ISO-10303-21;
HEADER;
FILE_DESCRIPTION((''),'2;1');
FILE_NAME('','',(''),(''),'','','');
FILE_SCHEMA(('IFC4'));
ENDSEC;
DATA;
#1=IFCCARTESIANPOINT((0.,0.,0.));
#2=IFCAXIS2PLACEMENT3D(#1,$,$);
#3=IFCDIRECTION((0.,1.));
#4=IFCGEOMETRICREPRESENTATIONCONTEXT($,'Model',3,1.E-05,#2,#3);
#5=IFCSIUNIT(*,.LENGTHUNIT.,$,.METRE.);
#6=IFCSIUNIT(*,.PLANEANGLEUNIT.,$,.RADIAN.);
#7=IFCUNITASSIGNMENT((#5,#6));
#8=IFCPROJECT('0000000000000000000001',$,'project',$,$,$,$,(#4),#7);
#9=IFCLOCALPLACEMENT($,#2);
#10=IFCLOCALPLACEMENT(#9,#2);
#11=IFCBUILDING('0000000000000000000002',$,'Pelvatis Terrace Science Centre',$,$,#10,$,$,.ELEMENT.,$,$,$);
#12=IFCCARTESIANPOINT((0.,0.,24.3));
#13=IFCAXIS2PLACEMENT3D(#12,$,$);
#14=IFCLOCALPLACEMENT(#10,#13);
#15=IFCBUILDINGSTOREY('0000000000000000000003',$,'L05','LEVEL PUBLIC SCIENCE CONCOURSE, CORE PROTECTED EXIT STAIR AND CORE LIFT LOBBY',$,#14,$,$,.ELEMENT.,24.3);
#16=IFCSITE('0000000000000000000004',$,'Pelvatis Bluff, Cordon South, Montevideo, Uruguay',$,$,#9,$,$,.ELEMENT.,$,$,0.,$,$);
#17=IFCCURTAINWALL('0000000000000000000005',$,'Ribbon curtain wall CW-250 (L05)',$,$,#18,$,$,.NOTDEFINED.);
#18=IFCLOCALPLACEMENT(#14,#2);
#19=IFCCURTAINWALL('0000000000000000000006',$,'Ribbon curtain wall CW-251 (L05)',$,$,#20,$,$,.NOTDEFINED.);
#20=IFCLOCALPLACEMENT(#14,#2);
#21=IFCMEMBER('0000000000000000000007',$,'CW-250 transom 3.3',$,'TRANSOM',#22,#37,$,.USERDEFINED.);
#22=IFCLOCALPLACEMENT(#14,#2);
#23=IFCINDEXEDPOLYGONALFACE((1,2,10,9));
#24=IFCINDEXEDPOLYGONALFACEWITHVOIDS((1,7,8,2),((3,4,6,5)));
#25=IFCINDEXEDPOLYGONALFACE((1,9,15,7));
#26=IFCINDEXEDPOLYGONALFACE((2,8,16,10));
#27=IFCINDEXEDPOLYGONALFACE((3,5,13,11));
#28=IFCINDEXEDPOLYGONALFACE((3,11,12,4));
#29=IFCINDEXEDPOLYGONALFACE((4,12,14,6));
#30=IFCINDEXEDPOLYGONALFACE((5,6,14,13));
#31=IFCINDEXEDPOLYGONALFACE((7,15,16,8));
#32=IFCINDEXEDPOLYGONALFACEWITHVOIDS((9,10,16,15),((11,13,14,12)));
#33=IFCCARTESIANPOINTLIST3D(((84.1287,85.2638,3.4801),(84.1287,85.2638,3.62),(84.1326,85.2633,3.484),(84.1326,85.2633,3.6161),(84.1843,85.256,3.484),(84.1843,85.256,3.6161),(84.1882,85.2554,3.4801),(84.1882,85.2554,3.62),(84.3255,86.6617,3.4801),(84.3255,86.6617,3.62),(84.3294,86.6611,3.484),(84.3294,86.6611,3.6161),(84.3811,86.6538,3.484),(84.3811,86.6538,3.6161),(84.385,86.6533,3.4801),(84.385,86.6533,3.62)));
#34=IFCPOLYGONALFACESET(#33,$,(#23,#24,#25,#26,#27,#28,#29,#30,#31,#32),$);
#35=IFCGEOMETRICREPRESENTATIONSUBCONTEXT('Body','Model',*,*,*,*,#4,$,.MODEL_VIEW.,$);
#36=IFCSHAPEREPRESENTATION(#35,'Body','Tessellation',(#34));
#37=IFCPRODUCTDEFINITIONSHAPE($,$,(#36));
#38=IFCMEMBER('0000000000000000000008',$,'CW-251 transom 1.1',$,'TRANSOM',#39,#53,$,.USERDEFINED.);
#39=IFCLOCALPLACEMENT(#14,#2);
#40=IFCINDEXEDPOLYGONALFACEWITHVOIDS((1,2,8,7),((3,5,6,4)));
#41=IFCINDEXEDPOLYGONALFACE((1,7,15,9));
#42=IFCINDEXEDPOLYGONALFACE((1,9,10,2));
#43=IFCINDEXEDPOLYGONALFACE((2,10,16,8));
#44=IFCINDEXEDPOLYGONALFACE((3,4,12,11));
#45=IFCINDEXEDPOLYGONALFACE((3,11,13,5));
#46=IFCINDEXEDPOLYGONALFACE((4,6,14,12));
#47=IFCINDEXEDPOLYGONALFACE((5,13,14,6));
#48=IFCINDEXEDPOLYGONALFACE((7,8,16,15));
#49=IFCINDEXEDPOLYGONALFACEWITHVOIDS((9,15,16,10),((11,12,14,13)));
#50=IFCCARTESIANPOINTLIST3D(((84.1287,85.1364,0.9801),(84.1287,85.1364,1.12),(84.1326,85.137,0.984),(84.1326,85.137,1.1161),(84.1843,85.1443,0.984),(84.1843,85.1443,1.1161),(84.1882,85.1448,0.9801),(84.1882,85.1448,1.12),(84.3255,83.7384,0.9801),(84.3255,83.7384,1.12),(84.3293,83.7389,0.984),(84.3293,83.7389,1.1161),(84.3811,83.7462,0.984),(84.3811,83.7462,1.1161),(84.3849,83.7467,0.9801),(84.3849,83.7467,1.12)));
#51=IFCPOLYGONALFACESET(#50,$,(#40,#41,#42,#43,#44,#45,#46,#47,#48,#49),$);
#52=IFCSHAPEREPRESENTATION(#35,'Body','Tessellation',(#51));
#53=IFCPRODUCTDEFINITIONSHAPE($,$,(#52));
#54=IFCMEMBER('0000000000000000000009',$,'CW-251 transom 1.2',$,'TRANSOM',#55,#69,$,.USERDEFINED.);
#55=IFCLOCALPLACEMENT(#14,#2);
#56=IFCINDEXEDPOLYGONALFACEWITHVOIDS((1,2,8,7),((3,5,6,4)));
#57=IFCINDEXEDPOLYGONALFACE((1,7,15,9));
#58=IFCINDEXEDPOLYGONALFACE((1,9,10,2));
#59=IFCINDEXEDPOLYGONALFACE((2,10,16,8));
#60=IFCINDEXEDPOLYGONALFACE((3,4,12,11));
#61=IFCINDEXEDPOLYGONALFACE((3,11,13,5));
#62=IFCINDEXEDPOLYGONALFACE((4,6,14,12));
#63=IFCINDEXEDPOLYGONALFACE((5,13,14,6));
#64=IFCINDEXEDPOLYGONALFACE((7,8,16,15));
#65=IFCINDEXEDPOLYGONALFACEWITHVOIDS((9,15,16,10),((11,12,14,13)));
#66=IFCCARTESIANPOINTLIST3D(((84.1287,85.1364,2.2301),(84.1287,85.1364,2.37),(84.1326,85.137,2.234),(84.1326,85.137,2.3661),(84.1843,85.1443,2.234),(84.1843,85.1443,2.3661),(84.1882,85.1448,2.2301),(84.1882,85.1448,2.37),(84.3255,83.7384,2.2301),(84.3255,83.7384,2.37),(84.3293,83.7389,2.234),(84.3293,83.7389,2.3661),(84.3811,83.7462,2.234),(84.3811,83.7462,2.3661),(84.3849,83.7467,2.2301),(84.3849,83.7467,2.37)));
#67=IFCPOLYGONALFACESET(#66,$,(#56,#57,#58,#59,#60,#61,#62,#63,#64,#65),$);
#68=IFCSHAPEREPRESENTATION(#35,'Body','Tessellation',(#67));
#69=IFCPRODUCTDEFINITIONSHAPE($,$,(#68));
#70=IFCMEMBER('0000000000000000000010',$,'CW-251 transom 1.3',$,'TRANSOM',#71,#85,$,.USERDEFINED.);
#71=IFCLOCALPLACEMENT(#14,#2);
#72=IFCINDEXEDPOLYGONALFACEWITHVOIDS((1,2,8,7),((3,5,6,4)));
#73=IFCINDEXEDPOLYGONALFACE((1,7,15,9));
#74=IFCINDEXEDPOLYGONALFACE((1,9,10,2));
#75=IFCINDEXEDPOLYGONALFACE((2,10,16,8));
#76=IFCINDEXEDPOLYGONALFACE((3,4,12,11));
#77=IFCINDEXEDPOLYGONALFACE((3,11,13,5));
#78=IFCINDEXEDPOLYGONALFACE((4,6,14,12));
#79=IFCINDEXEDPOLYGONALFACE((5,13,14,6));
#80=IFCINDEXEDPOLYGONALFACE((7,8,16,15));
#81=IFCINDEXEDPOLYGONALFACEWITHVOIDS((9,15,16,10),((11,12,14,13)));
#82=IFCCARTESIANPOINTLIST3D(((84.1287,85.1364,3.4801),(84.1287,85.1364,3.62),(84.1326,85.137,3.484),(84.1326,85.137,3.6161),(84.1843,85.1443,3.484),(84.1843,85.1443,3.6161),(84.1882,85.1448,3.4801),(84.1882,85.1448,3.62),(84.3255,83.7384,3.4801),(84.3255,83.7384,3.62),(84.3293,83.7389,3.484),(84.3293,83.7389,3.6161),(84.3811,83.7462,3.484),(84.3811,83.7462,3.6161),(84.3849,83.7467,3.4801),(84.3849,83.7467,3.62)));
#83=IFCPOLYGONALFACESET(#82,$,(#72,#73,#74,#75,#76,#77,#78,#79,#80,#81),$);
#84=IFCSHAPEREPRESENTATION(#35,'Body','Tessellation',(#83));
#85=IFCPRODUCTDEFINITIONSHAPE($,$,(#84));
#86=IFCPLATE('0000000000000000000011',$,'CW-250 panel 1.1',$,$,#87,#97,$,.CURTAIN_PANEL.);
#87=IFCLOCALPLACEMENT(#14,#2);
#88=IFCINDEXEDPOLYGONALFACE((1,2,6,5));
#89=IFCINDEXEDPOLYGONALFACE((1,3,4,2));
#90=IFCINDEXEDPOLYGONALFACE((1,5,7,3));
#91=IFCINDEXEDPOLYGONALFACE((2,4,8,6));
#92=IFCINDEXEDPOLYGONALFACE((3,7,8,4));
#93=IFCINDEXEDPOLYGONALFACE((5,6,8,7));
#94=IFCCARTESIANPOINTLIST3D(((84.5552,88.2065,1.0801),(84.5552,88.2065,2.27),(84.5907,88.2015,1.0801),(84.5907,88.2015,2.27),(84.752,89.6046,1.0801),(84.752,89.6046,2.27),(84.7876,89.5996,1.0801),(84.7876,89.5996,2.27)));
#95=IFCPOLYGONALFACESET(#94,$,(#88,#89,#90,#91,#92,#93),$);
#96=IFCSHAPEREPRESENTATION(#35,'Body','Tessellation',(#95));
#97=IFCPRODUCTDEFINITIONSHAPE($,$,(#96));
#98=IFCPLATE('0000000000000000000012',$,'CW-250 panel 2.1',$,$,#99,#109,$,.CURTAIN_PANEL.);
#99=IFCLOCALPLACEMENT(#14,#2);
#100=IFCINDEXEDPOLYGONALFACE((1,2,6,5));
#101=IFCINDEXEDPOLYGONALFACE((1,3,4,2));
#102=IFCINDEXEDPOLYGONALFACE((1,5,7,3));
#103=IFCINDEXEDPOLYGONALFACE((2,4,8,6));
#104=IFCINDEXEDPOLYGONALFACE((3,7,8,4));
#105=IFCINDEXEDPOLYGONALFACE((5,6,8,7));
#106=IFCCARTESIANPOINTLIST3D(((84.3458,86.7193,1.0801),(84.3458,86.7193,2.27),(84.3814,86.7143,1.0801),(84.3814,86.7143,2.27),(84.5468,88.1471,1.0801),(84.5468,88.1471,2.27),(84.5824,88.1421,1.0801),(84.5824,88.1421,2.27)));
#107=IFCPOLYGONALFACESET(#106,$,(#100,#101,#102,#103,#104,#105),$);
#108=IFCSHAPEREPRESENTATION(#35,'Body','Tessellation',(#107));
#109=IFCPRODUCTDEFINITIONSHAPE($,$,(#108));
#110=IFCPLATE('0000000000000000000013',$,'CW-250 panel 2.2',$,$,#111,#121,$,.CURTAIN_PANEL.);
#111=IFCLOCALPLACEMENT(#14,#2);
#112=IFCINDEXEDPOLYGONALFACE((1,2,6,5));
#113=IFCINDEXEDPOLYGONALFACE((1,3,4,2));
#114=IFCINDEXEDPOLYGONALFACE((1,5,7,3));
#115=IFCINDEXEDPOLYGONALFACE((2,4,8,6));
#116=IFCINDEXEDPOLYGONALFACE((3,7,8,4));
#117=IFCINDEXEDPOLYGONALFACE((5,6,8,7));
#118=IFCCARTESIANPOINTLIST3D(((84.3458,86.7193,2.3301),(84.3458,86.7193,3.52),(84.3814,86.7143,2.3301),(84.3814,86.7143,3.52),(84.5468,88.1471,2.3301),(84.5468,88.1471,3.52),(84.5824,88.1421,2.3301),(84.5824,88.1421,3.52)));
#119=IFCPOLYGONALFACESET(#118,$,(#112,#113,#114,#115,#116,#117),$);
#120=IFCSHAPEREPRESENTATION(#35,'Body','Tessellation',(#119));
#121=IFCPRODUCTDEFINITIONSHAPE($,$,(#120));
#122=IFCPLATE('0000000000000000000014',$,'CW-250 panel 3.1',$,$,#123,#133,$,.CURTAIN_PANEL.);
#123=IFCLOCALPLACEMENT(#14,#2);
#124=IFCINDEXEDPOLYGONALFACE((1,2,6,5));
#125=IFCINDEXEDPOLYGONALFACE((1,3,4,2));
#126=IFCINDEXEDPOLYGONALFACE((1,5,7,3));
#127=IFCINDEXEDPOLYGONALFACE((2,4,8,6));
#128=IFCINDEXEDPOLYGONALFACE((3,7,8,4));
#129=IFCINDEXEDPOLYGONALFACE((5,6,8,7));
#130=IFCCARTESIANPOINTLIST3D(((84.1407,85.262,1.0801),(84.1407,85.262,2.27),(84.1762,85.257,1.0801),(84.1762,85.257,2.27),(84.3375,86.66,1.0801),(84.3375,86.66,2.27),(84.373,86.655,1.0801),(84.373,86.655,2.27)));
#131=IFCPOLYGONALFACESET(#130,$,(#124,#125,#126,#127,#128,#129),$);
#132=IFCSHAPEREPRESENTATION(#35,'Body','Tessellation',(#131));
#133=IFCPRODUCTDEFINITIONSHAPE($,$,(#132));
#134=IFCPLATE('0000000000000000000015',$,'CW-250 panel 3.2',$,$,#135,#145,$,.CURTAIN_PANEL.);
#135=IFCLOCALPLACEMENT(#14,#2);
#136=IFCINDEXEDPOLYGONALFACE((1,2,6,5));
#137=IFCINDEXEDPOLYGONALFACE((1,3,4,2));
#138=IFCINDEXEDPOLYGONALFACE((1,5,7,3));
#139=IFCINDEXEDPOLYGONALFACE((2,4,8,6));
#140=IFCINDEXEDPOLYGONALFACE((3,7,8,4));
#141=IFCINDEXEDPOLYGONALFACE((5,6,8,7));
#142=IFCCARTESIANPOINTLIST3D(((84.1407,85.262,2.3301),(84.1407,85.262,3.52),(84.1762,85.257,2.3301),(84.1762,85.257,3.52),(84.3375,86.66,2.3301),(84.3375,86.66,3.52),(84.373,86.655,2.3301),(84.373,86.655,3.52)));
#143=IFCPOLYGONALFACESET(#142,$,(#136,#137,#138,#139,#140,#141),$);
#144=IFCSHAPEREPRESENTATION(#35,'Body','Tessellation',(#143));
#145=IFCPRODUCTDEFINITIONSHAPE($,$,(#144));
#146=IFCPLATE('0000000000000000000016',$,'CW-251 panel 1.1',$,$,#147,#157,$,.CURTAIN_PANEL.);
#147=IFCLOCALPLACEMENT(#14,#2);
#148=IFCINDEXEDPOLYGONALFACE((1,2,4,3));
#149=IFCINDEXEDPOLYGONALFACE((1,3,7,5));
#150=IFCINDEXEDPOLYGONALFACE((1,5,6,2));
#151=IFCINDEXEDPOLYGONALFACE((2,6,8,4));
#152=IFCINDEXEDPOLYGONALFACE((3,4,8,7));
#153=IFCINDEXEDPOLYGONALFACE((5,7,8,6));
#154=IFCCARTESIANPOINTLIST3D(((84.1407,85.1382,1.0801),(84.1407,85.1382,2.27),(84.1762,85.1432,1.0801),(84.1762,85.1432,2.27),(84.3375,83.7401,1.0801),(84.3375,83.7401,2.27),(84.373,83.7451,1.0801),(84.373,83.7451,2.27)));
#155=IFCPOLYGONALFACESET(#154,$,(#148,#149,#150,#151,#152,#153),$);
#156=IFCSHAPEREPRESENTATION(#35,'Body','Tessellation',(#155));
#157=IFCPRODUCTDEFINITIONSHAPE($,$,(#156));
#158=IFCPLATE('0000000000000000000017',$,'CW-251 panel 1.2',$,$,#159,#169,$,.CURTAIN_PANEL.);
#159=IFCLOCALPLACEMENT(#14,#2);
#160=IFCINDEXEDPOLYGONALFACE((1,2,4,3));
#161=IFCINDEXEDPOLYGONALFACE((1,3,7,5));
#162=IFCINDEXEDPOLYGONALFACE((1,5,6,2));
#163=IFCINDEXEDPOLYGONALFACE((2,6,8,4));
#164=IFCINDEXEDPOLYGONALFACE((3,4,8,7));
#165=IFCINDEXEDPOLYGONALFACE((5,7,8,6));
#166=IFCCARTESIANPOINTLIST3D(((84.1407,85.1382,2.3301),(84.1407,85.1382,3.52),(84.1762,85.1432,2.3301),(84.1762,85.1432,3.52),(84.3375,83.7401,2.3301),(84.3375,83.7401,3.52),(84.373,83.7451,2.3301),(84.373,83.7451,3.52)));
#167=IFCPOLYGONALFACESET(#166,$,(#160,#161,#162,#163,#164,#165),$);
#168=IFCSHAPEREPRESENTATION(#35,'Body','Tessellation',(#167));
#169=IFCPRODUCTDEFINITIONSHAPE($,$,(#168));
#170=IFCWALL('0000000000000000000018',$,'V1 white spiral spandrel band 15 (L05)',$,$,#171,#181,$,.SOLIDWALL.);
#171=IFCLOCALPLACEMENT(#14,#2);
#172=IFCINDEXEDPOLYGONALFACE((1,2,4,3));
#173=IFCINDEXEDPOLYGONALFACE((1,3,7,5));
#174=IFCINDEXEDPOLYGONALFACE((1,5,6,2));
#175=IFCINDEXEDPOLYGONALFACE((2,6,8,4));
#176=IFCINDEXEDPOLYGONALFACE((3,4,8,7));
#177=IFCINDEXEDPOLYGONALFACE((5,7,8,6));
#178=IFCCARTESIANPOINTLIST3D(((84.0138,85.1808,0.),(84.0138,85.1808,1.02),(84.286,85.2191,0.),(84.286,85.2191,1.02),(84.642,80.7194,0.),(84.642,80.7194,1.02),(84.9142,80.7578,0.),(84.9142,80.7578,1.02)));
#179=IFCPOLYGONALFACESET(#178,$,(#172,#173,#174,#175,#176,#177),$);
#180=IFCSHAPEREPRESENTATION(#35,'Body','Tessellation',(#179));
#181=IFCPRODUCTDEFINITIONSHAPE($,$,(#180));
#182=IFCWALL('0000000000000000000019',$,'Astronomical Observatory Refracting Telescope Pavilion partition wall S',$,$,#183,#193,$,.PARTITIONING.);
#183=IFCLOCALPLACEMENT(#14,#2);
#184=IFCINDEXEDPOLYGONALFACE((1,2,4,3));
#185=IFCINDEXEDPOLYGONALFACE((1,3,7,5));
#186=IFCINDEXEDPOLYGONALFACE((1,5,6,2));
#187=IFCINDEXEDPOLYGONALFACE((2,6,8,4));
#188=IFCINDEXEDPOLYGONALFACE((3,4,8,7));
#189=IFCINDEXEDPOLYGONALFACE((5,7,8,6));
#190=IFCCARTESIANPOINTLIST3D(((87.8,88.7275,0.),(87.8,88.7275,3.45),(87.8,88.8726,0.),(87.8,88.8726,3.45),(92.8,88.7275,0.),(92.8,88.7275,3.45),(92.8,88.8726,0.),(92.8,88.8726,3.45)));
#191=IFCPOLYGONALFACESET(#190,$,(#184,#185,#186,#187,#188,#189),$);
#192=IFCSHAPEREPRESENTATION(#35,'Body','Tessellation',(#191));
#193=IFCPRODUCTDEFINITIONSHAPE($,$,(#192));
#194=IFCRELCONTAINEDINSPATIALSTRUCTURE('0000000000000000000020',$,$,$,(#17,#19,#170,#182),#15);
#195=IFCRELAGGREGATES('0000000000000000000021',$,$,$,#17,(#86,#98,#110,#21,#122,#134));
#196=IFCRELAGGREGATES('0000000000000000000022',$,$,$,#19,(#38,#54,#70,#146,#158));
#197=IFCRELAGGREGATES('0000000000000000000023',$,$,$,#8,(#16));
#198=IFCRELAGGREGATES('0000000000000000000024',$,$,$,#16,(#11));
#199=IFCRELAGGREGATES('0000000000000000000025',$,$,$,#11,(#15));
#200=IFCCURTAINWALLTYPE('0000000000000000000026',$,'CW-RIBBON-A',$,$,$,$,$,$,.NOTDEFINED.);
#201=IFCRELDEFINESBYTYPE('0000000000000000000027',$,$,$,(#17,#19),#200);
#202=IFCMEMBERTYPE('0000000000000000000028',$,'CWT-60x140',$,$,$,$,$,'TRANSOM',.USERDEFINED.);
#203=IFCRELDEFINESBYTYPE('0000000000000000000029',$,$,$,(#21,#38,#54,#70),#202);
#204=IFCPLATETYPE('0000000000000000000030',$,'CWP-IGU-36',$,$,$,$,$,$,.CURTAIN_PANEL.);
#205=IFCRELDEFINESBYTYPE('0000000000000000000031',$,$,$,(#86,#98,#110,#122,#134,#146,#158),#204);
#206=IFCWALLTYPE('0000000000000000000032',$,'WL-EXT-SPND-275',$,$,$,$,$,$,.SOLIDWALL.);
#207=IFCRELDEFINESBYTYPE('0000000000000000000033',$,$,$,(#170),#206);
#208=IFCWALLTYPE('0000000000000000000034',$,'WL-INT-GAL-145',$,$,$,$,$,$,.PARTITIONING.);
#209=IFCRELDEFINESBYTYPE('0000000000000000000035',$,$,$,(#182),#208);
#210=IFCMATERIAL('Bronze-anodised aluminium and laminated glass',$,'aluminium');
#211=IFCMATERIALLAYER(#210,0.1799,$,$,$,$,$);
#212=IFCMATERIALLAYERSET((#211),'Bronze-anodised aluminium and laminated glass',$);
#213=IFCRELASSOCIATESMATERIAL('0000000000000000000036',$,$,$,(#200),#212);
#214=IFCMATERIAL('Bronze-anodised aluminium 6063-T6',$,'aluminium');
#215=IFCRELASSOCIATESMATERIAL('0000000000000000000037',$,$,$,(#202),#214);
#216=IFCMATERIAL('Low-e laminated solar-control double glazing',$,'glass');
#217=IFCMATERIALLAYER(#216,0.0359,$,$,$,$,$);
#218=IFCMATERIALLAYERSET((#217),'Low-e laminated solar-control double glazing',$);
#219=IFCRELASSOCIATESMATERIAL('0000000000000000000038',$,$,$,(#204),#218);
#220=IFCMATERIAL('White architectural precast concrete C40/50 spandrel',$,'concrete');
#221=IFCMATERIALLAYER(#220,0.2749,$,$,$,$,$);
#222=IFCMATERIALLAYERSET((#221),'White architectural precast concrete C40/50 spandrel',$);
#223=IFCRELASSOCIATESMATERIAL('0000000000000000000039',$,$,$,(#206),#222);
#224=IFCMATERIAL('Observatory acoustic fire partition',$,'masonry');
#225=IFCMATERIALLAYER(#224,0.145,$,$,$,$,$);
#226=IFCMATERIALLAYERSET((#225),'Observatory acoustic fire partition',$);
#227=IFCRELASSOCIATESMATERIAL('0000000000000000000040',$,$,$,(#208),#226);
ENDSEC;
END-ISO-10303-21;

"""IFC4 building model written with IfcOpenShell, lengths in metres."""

from ifc_helpers import new_model, si_unit, direction, frame, frame_2d, origin, origin_2d, place, context, subcontext, project, spatial, rectangle, hollow_rectangle, extrude, material, layer, layer_set, material_profile, profile_set, type_object, element, aggregate, save


model = new_model("IFC4")

# Units and contexts
model_context = context("Model", 3, precision=1e-05, world=origin(), true_north=direction((0.0, 1.0)))
body_context = subcontext(model_context, "Body", "Model", "MODEL_VIEW")
ifc_project = project(units=[si_unit("LENGTHUNIT", "METRE"), si_unit("PLANEANGLEUNIT", "RADIAN")], contexts=[model_context])

# Site, building, storey
site_placement = place(None, origin())
site = spatial("IfcSite", under=ifc_project, at=site_placement, Name="Pelvatis Bluff, Cordon South, Montevideo, Uruguay", CompositionType="ELEMENT", RefElevation=0.0)
building_placement = place(site_placement, origin())
building = spatial("IfcBuilding", under=site, at=building_placement, Name="Pelvatis Terrace Science Centre", CompositionType="ELEMENT")
storey_placement = place(building_placement, frame((0.0, 0.0, 24.3)))
storey = spatial("IfcBuildingStorey", under=building, at=storey_placement, Name="L05", Description="LEVEL PUBLIC SCIENCE CONCOURSE, CORE PROTECTED EXIT STAIR AND CORE LIFT LOBBY", CompositionType="ELEMENT", Elevation=24.3)

# Curtain walls
ifc_material_1 = material(Name="Bronze-anodised aluminium and laminated glass", Category="aluminium")
ifc_layer_1 = layer(ifc_material_1, 0.1799)
ifc_layer_set_1 = layer_set([ifc_layer_1], Name="Bronze-anodised aluminium and laminated glass")
curtain_wall_type = type_object("IfcCurtainWallType", Name="CW-RIBBON-A", PredefinedType="NOTDEFINED", material=ifc_layer_set_1)
curtain_wall_1_placement = place(storey_placement, origin())
curtain_wall_1 = element("IfcCurtainWall", 1, at=curtain_wall_1_placement, inside=storey, type_object=curtain_wall_type, Name="Ribbon curtain wall CW-250 (L05)", PredefinedType="NOTDEFINED")
curtain_wall_2_placement = place(storey_placement, origin())
curtain_wall_2 = element("IfcCurtainWall", 2, at=curtain_wall_2_placement, inside=storey, type_object=curtain_wall_type, Name="Ribbon curtain wall CW-251 (L05)", PredefinedType="NOTDEFINED")

# Members
ifc_material_2 = material(Name="Bronze-anodised aluminium 6063-T6", Category="aluminium")
ifc_material_profile_1 = material_profile(ifc_material_2, hollow_rectangle(XDim=0.0601, YDim=0.1399, WallThickness=0.0039, at=origin_2d()), Name="ALU-TRN 60x140")
ifc_profile_set_1 = profile_set([ifc_material_profile_1], Name="Bronze-anodised aluminium 6063-T6")
member_type_1 = type_object("IfcMemberType", Name="CWT-60x140", ElementType="TRANSOM", PredefinedType="USERDEFINED", material=ifc_profile_set_1)
member_1_placement = place(storey_placement, frame((84.3552, 86.6575, 3.55), z_axis=(-0.139387, -0.990238, 0.0), x_axis=(0.990238, -0.139387, 0.0)))
member_1 = element("IfcMember", 3, at=member_1_placement, type_object=member_type_1, Name="CW-250 transom 3.3", ObjectType="TRANSOM", PredefinedType="USERDEFINED", context=body_context, shape_type="SweptSolid", body=[
    extrude(hollow_rectangle(XDim=0.0601, YDim=0.1399, WallThickness=0.0039, at=origin_2d()), origin(), (0.0, 0.0, 1.0), 1.4116),
])
member_2_placement = place(storey_placement, frame((84.1584, 85.1406, 1.05), z_axis=(0.139363, -0.990241, 0.0), x_axis=(0.990241, 0.139363, 0.0)))
member_2 = element("IfcMember", 4, at=member_2_placement, type_object=member_type_1, Name="CW-251 transom 1.1", ObjectType="TRANSOM", PredefinedType="USERDEFINED", context=body_context, shape_type="SweptSolid", body=[
    extrude(hollow_rectangle(XDim=0.0601, YDim=0.1399, WallThickness=0.0039, at=origin_2d()), origin(), (0.0, 0.0, 1.0), 1.4119),
])
member_3_placement = place(storey_placement, frame((84.1584, 85.1406, 2.3), z_axis=(0.139363, -0.990241, 0.0), x_axis=(0.990241, 0.139363, 0.0)))
member_3 = element("IfcMember", 5, at=member_3_placement, type_object=member_type_1, Name="CW-251 transom 1.2", ObjectType="TRANSOM", PredefinedType="USERDEFINED", context=body_context, shape_type="SweptSolid", body=[
    extrude(hollow_rectangle(XDim=0.0601, YDim=0.1399, WallThickness=0.0039, at=origin_2d()), origin(), (0.0, 0.0, 1.0), 1.4119),
])
member_4_placement = place(storey_placement, frame((84.1584, 85.1406, 3.55), z_axis=(0.139363, -0.990241, 0.0), x_axis=(0.990241, 0.139363, 0.0)))
member_4 = element("IfcMember", 6, at=member_4_placement, type_object=member_type_1, Name="CW-251 transom 1.3", ObjectType="TRANSOM", PredefinedType="USERDEFINED", context=body_context, shape_type="SweptSolid", body=[
    extrude(hollow_rectangle(XDim=0.0601, YDim=0.1399, WallThickness=0.0039, at=origin_2d()), origin(), (0.0, 0.0, 1.0), 1.4119),
])

# Plates
ifc_material_3 = material(Name="Low-e laminated solar-control double glazing", Category="glass")
ifc_layer_2 = layer(ifc_material_3, 0.0359)
ifc_layer_set_2 = layer_set([ifc_layer_2], Name="Low-e laminated solar-control double glazing")
plate_type = type_object("IfcPlateType", Name="CWP-IGU-36", PredefinedType="CURTAIN_PANEL", material=ifc_layer_set_2)
plate_1_placement = place(storey_placement, frame((84.6714, 88.9031, 1.0801), z_axis=(0.0, 0.0, 1.0), x_axis=(-0.139408, -0.990235, 0.0)))
plate_1 = element("IfcPlate", 7, at=plate_1_placement, type_object=plate_type, Name="CW-250 panel 1.1", PredefinedType="CURTAIN_PANEL", context=body_context, shape_type="SweptSolid", body=[
    extrude(rectangle(XDim=1.4119, YDim=0.0359, at=origin_2d()), origin(), (0.0, 0.0, 1.0), 1.1899),
])
plate_2_placement = place(storey_placement, frame((84.4641, 87.4307, 1.0801), z_axis=(0.0, 0.0, 1.0), x_axis=(-0.139408, -0.990235, 0.0)))
plate_2 = element("IfcPlate", 8, at=plate_2_placement, type_object=plate_type, Name="CW-250 panel 2.1", PredefinedType="CURTAIN_PANEL", context=body_context, shape_type="SweptSolid", body=[
    extrude(rectangle(XDim=1.4419, YDim=0.0359, at=origin_2d()), origin(), (0.0, 0.0, 1.0), 1.1899),
])
plate_3_placement = place(storey_placement, frame((84.4641, 87.4307, 2.3301), z_axis=(0.0, 0.0, 1.0), x_axis=(-0.139408, -0.990235, 0.0)))
plate_3 = element("IfcPlate", 9, at=plate_3_placement, type_object=plate_type, Name="CW-250 panel 2.2", PredefinedType="CURTAIN_PANEL", context=body_context, shape_type="SweptSolid", body=[
    extrude(rectangle(XDim=1.4419, YDim=0.0359, at=origin_2d()), origin(), (0.0, 0.0, 1.0), 1.1899),
])
plate_4_placement = place(storey_placement, frame((84.2568, 85.9585, 1.0801), z_axis=(0.0, 0.0, 1.0), x_axis=(-0.139408, -0.990235, 0.0)))
plate_4 = element("IfcPlate", 10, at=plate_4_placement, type_object=plate_type, Name="CW-250 panel 3.1", PredefinedType="CURTAIN_PANEL", context=body_context, shape_type="SweptSolid", body=[
    extrude(rectangle(XDim=1.4119, YDim=0.0359, at=origin_2d()), origin(), (0.0, 0.0, 1.0), 1.1899),
])
plate_5_placement = place(storey_placement, frame((84.2568, 85.9585, 2.3301), z_axis=(0.0, 0.0, 1.0), x_axis=(-0.139408, -0.990235, 0.0)))
plate_5 = element("IfcPlate", 11, at=plate_5_placement, type_object=plate_type, Name="CW-250 panel 3.2", PredefinedType="CURTAIN_PANEL", context=body_context, shape_type="SweptSolid", body=[
    extrude(rectangle(XDim=1.4119, YDim=0.0359, at=origin_2d()), origin(), (0.0, 0.0, 1.0), 1.1899),
])
aggregate(curtain_wall_1, [plate_1, plate_2, plate_3, member_1, plate_4, plate_5])
plate_6_placement = place(storey_placement, frame((84.2568, 84.4417, 1.0801), z_axis=(0.0, 0.0, 1.0), x_axis=(0.139408, -0.990235, 0.0)))
plate_6 = element("IfcPlate", 12, at=plate_6_placement, type_object=plate_type, Name="CW-251 panel 1.1", PredefinedType="CURTAIN_PANEL", context=body_context, shape_type="SweptSolid", body=[
    extrude(rectangle(XDim=1.4119, YDim=0.0359, at=origin_2d()), origin(), (0.0, 0.0, 1.0), 1.1899),
])
plate_7_placement = place(storey_placement, frame((84.2568, 84.4417, 2.3301), z_axis=(0.0, 0.0, 1.0), x_axis=(0.139408, -0.990235, 0.0)))
plate_7 = element("IfcPlate", 13, at=plate_7_placement, type_object=plate_type, Name="CW-251 panel 1.2", PredefinedType="CURTAIN_PANEL", context=body_context, shape_type="SweptSolid", body=[
    extrude(rectangle(XDim=1.4119, YDim=0.0359, at=origin_2d()), origin(), (0.0, 0.0, 1.0), 1.1899),
])
aggregate(curtain_wall_2, [member_2, member_3, member_4, plate_6, plate_7])

# Walls
ifc_material_4 = material(Name="White architectural precast concrete C40/50 spandrel", Category="concrete")
ifc_layer_3 = layer(ifc_material_4, 0.2749)
ifc_layer_set_3 = layer_set([ifc_layer_3], Name="White architectural precast concrete C40/50 spandrel")
wall_type_1 = type_object("IfcWallType", Name="WL-EXT-SPND-275", PredefinedType="SOLIDWALL", material=ifc_layer_set_3)
wall_1_placement = place(storey_placement, frame((84.1499, 85.2, 0.0), z_axis=(0.0, 0.0, 1.0), x_axis=(0.139426, -0.990233, 0.0)))
element("IfcWall", 14, at=wall_1_placement, inside=storey, type_object=wall_type_1, Name="V1 white spiral spandrel band 15 (L05)", PredefinedType="SOLIDWALL", context=body_context, shape_type="SweptSolid", body=[
    extrude(rectangle(XDim=4.5054, YDim=0.2749, at=frame_2d((2.2527, 0.0))), origin(), (0.0, 0.0, 1.0), 1.02),
])
ifc_material_5 = material(Name="Observatory acoustic fire partition", Category="masonry")
ifc_layer_4 = layer(ifc_material_5, 0.145)
ifc_layer_set_4 = layer_set([ifc_layer_4], Name="Observatory acoustic fire partition")
wall_type_2 = type_object("IfcWallType", Name="WL-INT-GAL-145", PredefinedType="PARTITIONING", material=ifc_layer_set_4)
wall_2_placement = place(storey_placement, frame((87.8, 88.8, 0.0), z_axis=(0.0, 0.0, 1.0), x_axis=(1.0, 0.0, 0.0)))
element("IfcWall", 15, at=wall_2_placement, inside=storey, type_object=wall_type_2, Name="Astronomical Observatory Refracting Telescope Pavilion partition wall S", PredefinedType="PARTITIONING", context=body_context, shape_type="SweptSolid", body=[
    extrude(rectangle(XDim=5.0, YDim=0.145, at=frame_2d((2.5, 0.0))), origin(), (0.0, 0.0, 1.0), 3.45),
])

save(model, "model.ifc")
